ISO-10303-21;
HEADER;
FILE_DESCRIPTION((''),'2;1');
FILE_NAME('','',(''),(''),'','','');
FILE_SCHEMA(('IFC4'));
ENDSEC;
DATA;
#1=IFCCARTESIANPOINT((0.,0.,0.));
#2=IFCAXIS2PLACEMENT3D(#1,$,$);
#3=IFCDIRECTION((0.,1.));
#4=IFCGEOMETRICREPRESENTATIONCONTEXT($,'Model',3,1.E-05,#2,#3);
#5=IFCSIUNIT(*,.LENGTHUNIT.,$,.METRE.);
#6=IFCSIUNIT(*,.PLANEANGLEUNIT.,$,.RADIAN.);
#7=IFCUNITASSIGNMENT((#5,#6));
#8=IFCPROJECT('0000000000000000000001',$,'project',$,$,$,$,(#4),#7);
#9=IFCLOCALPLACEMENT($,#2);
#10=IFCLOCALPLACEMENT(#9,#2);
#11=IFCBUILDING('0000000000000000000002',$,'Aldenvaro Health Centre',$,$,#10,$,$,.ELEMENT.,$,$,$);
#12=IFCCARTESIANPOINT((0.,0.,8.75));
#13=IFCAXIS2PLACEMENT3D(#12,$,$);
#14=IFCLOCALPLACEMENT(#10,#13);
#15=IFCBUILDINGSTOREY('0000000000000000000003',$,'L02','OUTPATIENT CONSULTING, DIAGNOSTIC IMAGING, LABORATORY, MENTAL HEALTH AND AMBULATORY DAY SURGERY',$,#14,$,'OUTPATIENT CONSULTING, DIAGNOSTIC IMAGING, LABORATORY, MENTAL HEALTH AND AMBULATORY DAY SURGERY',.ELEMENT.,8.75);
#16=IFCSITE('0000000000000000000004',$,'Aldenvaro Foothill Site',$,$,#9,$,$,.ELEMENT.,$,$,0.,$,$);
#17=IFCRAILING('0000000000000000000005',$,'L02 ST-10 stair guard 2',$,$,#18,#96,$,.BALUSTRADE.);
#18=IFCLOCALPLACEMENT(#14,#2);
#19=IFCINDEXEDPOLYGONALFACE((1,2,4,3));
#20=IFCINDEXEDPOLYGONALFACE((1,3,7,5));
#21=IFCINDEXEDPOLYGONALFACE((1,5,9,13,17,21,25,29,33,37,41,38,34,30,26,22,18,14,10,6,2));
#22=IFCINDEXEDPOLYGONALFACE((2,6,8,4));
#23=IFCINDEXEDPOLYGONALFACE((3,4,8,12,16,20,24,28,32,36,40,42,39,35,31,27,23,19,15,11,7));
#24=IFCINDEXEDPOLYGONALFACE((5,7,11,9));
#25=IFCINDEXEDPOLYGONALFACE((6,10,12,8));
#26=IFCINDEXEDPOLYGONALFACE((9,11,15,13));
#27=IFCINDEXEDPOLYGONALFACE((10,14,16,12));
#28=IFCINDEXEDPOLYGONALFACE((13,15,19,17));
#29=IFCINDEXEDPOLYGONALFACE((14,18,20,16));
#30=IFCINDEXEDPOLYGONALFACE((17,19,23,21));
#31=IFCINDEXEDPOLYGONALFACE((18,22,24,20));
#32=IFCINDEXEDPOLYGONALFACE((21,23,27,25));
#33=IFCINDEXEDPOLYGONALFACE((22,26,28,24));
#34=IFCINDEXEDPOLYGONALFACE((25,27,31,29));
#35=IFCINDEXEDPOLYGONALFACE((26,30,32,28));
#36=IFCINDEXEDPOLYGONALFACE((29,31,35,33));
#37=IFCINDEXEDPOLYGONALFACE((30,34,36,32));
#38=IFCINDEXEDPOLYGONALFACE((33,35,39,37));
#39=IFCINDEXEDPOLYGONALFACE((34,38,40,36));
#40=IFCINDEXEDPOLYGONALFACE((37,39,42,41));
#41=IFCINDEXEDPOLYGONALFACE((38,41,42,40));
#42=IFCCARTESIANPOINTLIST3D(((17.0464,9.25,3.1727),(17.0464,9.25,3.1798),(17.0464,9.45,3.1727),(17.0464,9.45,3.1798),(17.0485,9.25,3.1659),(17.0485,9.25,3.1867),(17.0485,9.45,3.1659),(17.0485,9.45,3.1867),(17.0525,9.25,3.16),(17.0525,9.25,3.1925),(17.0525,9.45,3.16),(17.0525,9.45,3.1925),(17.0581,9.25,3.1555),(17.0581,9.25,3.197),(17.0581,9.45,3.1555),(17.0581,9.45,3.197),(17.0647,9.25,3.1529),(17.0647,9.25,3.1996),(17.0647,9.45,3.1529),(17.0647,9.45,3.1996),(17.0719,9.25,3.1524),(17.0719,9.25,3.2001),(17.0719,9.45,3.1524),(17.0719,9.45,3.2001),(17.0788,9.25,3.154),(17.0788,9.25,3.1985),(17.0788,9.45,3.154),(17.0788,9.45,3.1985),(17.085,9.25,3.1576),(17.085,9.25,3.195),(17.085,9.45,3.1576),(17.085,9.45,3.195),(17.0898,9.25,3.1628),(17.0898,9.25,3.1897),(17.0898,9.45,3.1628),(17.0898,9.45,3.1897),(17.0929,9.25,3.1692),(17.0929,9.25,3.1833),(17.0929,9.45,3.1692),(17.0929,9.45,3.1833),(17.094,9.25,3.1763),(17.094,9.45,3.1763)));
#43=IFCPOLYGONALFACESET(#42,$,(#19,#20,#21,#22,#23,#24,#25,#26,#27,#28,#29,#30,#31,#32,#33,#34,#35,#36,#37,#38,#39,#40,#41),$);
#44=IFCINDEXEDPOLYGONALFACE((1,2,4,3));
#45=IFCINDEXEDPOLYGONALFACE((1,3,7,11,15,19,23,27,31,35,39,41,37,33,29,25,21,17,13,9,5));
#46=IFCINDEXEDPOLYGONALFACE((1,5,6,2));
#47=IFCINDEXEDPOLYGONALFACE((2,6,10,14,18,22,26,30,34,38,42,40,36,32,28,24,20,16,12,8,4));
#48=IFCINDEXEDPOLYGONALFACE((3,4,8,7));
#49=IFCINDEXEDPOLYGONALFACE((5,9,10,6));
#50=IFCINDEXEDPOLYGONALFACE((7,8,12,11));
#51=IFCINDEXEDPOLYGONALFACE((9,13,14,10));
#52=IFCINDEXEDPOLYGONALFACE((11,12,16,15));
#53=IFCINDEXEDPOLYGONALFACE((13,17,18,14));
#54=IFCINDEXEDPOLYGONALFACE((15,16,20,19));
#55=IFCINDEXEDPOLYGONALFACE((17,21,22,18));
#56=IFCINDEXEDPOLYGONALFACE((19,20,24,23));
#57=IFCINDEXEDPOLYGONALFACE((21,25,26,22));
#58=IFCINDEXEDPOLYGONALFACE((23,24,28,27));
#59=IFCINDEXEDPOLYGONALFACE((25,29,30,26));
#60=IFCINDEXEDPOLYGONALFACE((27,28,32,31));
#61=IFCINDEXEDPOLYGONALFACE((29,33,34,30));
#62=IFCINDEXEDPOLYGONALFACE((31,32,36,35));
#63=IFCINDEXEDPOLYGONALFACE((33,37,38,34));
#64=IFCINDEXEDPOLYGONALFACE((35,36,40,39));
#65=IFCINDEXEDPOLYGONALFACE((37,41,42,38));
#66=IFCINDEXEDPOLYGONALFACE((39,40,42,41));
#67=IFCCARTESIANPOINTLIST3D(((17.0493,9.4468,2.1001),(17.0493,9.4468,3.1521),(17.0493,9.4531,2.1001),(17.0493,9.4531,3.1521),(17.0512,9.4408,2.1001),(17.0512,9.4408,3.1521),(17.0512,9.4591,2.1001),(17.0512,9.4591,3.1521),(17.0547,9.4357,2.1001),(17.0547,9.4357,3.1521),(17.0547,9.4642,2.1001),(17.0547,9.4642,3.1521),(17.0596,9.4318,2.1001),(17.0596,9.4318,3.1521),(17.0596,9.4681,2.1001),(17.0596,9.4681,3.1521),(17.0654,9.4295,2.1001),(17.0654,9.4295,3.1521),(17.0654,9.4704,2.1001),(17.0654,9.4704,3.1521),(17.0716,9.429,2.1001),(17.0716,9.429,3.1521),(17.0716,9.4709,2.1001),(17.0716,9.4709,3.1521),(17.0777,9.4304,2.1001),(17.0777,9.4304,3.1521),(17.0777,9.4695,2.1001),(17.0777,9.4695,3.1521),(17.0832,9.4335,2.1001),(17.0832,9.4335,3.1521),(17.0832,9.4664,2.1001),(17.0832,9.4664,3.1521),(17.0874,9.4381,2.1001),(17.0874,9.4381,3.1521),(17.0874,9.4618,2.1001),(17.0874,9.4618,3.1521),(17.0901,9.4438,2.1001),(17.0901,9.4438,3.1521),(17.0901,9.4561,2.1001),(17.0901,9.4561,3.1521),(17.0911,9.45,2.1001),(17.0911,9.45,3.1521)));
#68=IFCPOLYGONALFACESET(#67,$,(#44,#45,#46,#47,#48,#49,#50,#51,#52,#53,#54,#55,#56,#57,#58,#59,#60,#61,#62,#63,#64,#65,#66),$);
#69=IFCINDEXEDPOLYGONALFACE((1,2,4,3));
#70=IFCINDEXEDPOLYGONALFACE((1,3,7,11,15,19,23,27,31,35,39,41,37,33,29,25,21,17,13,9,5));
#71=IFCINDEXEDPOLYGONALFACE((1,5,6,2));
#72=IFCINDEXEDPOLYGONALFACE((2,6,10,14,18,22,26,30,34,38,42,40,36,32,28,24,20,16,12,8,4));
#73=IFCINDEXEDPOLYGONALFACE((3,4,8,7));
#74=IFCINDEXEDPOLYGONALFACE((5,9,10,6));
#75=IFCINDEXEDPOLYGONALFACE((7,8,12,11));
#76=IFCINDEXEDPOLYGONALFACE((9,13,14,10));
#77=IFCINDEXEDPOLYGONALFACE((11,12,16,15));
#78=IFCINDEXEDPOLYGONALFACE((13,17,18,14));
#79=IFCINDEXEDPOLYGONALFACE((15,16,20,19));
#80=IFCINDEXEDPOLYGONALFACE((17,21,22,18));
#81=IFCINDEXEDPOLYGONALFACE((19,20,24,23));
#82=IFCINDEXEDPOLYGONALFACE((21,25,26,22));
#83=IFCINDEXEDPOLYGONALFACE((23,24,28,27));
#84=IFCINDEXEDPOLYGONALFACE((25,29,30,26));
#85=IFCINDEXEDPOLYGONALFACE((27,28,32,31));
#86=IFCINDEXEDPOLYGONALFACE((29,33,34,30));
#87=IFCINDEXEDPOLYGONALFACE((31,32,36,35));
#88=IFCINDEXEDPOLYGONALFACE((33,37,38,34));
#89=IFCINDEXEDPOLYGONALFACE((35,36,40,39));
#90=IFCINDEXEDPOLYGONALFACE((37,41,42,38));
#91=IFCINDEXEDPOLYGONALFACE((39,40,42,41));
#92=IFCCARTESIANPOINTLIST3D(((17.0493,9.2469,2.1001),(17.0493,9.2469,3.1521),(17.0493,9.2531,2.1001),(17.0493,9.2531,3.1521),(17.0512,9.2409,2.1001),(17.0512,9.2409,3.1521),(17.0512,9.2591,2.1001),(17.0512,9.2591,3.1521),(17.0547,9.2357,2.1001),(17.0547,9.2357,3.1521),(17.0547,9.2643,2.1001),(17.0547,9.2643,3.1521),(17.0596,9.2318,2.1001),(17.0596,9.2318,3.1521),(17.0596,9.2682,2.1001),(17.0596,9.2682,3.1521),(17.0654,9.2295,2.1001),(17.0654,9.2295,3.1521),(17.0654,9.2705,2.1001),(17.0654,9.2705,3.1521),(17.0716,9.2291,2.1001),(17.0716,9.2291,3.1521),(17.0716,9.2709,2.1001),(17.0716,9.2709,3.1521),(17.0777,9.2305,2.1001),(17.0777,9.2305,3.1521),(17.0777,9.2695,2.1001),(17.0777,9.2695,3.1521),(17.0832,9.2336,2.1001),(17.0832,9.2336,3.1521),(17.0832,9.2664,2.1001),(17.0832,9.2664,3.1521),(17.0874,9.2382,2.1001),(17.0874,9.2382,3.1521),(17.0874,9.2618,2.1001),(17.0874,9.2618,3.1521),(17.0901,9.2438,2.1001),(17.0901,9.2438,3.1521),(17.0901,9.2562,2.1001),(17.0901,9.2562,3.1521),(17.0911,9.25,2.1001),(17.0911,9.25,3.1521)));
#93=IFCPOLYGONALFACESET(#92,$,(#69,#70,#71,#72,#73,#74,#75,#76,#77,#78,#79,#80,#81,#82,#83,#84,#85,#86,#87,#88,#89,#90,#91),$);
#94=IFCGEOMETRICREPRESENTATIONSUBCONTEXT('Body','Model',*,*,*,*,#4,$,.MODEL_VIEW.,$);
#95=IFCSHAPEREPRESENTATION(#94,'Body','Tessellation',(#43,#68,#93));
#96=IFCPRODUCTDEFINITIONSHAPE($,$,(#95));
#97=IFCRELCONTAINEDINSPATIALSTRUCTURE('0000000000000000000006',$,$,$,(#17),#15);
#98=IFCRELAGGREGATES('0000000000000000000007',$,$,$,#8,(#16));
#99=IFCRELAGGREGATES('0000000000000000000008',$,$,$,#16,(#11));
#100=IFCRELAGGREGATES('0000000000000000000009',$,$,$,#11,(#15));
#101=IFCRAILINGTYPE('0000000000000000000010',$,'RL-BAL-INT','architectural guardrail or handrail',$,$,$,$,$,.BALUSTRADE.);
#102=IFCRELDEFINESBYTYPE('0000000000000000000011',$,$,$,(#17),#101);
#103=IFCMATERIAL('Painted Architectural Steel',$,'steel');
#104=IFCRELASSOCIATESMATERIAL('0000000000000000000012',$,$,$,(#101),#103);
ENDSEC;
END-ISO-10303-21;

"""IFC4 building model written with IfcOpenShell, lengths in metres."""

from ifc_helpers import new_model, si_unit, direction, frame, origin, origin_2d, place, context, subcontext, project, spatial, circle, extrude, material, type_object, element, save


model = new_model("IFC4")

# Units and contexts
model_context = context("Model", 3, precision=1e-05, world=origin(), true_north=direction((0.0, 1.0)))
body_context = subcontext(model_context, "Body", "Model", "MODEL_VIEW")
ifc_project = project(units=[si_unit("LENGTHUNIT", "METRE"), si_unit("PLANEANGLEUNIT", "RADIAN")], contexts=[model_context])

# Site, building, storey
site_placement = place(None, origin())
site = spatial("IfcSite", under=ifc_project, at=site_placement, Name="Aldenvaro Foothill Site", CompositionType="ELEMENT", RefElevation=0.0)
building_placement = place(site_placement, origin())
building = spatial("IfcBuilding", under=site, at=building_placement, Name="Aldenvaro Health Centre", CompositionType="ELEMENT")
storey_placement = place(building_placement, frame((0.0, 0.0, 8.75)))
storey = spatial("IfcBuildingStorey", under=building, at=storey_placement, Name="L02", Description="OUTPATIENT CONSULTING, DIAGNOSTIC IMAGING, LABORATORY, MENTAL HEALTH AND AMBULATORY DAY SURGERY", LongName="OUTPATIENT CONSULTING, DIAGNOSTIC IMAGING, LABORATORY, MENTAL HEALTH AND AMBULATORY DAY SURGERY", CompositionType="ELEMENT", Elevation=8.75)

# Railing
ifc_material_1 = material(Name="Painted Architectural Steel", Category="steel")
railing_type_1 = type_object("IfcRailingType", Name="RL-BAL-INT", Description="architectural guardrail or handrail", PredefinedType="BALUSTRADE", material=ifc_material_1)
railing_1_placement = place(storey_placement, frame((17.0701, 9.45, 2.1001)))
element("IfcRailing", 1, at=railing_1_placement, inside=storey, type_object=railing_type_1, Name="L02 ST-10 stair guard 2", PredefinedType="BALUSTRADE", context=body_context, shape_type="SweptSolid", body=[
    extrude(circle(Radius=0.0239, at=origin_2d()), frame((0.0, 0.0, 1.0762), z_axis=(0.0, -1.0, 0.0), x_axis=(1.0, 0.0, 0.0)), (0.0, 0.0, 1.0), 0.2),
    extrude(circle(Radius=0.021, at=origin_2d()), origin(), (0.0, 0.0, 1.0), 1.052),
    extrude(circle(Radius=0.021, at=origin_2d()), frame((0.0, -0.2, 0.0)), (0.0, 0.0, 1.0), 1.052),
])

save(model, "model.ifc")
